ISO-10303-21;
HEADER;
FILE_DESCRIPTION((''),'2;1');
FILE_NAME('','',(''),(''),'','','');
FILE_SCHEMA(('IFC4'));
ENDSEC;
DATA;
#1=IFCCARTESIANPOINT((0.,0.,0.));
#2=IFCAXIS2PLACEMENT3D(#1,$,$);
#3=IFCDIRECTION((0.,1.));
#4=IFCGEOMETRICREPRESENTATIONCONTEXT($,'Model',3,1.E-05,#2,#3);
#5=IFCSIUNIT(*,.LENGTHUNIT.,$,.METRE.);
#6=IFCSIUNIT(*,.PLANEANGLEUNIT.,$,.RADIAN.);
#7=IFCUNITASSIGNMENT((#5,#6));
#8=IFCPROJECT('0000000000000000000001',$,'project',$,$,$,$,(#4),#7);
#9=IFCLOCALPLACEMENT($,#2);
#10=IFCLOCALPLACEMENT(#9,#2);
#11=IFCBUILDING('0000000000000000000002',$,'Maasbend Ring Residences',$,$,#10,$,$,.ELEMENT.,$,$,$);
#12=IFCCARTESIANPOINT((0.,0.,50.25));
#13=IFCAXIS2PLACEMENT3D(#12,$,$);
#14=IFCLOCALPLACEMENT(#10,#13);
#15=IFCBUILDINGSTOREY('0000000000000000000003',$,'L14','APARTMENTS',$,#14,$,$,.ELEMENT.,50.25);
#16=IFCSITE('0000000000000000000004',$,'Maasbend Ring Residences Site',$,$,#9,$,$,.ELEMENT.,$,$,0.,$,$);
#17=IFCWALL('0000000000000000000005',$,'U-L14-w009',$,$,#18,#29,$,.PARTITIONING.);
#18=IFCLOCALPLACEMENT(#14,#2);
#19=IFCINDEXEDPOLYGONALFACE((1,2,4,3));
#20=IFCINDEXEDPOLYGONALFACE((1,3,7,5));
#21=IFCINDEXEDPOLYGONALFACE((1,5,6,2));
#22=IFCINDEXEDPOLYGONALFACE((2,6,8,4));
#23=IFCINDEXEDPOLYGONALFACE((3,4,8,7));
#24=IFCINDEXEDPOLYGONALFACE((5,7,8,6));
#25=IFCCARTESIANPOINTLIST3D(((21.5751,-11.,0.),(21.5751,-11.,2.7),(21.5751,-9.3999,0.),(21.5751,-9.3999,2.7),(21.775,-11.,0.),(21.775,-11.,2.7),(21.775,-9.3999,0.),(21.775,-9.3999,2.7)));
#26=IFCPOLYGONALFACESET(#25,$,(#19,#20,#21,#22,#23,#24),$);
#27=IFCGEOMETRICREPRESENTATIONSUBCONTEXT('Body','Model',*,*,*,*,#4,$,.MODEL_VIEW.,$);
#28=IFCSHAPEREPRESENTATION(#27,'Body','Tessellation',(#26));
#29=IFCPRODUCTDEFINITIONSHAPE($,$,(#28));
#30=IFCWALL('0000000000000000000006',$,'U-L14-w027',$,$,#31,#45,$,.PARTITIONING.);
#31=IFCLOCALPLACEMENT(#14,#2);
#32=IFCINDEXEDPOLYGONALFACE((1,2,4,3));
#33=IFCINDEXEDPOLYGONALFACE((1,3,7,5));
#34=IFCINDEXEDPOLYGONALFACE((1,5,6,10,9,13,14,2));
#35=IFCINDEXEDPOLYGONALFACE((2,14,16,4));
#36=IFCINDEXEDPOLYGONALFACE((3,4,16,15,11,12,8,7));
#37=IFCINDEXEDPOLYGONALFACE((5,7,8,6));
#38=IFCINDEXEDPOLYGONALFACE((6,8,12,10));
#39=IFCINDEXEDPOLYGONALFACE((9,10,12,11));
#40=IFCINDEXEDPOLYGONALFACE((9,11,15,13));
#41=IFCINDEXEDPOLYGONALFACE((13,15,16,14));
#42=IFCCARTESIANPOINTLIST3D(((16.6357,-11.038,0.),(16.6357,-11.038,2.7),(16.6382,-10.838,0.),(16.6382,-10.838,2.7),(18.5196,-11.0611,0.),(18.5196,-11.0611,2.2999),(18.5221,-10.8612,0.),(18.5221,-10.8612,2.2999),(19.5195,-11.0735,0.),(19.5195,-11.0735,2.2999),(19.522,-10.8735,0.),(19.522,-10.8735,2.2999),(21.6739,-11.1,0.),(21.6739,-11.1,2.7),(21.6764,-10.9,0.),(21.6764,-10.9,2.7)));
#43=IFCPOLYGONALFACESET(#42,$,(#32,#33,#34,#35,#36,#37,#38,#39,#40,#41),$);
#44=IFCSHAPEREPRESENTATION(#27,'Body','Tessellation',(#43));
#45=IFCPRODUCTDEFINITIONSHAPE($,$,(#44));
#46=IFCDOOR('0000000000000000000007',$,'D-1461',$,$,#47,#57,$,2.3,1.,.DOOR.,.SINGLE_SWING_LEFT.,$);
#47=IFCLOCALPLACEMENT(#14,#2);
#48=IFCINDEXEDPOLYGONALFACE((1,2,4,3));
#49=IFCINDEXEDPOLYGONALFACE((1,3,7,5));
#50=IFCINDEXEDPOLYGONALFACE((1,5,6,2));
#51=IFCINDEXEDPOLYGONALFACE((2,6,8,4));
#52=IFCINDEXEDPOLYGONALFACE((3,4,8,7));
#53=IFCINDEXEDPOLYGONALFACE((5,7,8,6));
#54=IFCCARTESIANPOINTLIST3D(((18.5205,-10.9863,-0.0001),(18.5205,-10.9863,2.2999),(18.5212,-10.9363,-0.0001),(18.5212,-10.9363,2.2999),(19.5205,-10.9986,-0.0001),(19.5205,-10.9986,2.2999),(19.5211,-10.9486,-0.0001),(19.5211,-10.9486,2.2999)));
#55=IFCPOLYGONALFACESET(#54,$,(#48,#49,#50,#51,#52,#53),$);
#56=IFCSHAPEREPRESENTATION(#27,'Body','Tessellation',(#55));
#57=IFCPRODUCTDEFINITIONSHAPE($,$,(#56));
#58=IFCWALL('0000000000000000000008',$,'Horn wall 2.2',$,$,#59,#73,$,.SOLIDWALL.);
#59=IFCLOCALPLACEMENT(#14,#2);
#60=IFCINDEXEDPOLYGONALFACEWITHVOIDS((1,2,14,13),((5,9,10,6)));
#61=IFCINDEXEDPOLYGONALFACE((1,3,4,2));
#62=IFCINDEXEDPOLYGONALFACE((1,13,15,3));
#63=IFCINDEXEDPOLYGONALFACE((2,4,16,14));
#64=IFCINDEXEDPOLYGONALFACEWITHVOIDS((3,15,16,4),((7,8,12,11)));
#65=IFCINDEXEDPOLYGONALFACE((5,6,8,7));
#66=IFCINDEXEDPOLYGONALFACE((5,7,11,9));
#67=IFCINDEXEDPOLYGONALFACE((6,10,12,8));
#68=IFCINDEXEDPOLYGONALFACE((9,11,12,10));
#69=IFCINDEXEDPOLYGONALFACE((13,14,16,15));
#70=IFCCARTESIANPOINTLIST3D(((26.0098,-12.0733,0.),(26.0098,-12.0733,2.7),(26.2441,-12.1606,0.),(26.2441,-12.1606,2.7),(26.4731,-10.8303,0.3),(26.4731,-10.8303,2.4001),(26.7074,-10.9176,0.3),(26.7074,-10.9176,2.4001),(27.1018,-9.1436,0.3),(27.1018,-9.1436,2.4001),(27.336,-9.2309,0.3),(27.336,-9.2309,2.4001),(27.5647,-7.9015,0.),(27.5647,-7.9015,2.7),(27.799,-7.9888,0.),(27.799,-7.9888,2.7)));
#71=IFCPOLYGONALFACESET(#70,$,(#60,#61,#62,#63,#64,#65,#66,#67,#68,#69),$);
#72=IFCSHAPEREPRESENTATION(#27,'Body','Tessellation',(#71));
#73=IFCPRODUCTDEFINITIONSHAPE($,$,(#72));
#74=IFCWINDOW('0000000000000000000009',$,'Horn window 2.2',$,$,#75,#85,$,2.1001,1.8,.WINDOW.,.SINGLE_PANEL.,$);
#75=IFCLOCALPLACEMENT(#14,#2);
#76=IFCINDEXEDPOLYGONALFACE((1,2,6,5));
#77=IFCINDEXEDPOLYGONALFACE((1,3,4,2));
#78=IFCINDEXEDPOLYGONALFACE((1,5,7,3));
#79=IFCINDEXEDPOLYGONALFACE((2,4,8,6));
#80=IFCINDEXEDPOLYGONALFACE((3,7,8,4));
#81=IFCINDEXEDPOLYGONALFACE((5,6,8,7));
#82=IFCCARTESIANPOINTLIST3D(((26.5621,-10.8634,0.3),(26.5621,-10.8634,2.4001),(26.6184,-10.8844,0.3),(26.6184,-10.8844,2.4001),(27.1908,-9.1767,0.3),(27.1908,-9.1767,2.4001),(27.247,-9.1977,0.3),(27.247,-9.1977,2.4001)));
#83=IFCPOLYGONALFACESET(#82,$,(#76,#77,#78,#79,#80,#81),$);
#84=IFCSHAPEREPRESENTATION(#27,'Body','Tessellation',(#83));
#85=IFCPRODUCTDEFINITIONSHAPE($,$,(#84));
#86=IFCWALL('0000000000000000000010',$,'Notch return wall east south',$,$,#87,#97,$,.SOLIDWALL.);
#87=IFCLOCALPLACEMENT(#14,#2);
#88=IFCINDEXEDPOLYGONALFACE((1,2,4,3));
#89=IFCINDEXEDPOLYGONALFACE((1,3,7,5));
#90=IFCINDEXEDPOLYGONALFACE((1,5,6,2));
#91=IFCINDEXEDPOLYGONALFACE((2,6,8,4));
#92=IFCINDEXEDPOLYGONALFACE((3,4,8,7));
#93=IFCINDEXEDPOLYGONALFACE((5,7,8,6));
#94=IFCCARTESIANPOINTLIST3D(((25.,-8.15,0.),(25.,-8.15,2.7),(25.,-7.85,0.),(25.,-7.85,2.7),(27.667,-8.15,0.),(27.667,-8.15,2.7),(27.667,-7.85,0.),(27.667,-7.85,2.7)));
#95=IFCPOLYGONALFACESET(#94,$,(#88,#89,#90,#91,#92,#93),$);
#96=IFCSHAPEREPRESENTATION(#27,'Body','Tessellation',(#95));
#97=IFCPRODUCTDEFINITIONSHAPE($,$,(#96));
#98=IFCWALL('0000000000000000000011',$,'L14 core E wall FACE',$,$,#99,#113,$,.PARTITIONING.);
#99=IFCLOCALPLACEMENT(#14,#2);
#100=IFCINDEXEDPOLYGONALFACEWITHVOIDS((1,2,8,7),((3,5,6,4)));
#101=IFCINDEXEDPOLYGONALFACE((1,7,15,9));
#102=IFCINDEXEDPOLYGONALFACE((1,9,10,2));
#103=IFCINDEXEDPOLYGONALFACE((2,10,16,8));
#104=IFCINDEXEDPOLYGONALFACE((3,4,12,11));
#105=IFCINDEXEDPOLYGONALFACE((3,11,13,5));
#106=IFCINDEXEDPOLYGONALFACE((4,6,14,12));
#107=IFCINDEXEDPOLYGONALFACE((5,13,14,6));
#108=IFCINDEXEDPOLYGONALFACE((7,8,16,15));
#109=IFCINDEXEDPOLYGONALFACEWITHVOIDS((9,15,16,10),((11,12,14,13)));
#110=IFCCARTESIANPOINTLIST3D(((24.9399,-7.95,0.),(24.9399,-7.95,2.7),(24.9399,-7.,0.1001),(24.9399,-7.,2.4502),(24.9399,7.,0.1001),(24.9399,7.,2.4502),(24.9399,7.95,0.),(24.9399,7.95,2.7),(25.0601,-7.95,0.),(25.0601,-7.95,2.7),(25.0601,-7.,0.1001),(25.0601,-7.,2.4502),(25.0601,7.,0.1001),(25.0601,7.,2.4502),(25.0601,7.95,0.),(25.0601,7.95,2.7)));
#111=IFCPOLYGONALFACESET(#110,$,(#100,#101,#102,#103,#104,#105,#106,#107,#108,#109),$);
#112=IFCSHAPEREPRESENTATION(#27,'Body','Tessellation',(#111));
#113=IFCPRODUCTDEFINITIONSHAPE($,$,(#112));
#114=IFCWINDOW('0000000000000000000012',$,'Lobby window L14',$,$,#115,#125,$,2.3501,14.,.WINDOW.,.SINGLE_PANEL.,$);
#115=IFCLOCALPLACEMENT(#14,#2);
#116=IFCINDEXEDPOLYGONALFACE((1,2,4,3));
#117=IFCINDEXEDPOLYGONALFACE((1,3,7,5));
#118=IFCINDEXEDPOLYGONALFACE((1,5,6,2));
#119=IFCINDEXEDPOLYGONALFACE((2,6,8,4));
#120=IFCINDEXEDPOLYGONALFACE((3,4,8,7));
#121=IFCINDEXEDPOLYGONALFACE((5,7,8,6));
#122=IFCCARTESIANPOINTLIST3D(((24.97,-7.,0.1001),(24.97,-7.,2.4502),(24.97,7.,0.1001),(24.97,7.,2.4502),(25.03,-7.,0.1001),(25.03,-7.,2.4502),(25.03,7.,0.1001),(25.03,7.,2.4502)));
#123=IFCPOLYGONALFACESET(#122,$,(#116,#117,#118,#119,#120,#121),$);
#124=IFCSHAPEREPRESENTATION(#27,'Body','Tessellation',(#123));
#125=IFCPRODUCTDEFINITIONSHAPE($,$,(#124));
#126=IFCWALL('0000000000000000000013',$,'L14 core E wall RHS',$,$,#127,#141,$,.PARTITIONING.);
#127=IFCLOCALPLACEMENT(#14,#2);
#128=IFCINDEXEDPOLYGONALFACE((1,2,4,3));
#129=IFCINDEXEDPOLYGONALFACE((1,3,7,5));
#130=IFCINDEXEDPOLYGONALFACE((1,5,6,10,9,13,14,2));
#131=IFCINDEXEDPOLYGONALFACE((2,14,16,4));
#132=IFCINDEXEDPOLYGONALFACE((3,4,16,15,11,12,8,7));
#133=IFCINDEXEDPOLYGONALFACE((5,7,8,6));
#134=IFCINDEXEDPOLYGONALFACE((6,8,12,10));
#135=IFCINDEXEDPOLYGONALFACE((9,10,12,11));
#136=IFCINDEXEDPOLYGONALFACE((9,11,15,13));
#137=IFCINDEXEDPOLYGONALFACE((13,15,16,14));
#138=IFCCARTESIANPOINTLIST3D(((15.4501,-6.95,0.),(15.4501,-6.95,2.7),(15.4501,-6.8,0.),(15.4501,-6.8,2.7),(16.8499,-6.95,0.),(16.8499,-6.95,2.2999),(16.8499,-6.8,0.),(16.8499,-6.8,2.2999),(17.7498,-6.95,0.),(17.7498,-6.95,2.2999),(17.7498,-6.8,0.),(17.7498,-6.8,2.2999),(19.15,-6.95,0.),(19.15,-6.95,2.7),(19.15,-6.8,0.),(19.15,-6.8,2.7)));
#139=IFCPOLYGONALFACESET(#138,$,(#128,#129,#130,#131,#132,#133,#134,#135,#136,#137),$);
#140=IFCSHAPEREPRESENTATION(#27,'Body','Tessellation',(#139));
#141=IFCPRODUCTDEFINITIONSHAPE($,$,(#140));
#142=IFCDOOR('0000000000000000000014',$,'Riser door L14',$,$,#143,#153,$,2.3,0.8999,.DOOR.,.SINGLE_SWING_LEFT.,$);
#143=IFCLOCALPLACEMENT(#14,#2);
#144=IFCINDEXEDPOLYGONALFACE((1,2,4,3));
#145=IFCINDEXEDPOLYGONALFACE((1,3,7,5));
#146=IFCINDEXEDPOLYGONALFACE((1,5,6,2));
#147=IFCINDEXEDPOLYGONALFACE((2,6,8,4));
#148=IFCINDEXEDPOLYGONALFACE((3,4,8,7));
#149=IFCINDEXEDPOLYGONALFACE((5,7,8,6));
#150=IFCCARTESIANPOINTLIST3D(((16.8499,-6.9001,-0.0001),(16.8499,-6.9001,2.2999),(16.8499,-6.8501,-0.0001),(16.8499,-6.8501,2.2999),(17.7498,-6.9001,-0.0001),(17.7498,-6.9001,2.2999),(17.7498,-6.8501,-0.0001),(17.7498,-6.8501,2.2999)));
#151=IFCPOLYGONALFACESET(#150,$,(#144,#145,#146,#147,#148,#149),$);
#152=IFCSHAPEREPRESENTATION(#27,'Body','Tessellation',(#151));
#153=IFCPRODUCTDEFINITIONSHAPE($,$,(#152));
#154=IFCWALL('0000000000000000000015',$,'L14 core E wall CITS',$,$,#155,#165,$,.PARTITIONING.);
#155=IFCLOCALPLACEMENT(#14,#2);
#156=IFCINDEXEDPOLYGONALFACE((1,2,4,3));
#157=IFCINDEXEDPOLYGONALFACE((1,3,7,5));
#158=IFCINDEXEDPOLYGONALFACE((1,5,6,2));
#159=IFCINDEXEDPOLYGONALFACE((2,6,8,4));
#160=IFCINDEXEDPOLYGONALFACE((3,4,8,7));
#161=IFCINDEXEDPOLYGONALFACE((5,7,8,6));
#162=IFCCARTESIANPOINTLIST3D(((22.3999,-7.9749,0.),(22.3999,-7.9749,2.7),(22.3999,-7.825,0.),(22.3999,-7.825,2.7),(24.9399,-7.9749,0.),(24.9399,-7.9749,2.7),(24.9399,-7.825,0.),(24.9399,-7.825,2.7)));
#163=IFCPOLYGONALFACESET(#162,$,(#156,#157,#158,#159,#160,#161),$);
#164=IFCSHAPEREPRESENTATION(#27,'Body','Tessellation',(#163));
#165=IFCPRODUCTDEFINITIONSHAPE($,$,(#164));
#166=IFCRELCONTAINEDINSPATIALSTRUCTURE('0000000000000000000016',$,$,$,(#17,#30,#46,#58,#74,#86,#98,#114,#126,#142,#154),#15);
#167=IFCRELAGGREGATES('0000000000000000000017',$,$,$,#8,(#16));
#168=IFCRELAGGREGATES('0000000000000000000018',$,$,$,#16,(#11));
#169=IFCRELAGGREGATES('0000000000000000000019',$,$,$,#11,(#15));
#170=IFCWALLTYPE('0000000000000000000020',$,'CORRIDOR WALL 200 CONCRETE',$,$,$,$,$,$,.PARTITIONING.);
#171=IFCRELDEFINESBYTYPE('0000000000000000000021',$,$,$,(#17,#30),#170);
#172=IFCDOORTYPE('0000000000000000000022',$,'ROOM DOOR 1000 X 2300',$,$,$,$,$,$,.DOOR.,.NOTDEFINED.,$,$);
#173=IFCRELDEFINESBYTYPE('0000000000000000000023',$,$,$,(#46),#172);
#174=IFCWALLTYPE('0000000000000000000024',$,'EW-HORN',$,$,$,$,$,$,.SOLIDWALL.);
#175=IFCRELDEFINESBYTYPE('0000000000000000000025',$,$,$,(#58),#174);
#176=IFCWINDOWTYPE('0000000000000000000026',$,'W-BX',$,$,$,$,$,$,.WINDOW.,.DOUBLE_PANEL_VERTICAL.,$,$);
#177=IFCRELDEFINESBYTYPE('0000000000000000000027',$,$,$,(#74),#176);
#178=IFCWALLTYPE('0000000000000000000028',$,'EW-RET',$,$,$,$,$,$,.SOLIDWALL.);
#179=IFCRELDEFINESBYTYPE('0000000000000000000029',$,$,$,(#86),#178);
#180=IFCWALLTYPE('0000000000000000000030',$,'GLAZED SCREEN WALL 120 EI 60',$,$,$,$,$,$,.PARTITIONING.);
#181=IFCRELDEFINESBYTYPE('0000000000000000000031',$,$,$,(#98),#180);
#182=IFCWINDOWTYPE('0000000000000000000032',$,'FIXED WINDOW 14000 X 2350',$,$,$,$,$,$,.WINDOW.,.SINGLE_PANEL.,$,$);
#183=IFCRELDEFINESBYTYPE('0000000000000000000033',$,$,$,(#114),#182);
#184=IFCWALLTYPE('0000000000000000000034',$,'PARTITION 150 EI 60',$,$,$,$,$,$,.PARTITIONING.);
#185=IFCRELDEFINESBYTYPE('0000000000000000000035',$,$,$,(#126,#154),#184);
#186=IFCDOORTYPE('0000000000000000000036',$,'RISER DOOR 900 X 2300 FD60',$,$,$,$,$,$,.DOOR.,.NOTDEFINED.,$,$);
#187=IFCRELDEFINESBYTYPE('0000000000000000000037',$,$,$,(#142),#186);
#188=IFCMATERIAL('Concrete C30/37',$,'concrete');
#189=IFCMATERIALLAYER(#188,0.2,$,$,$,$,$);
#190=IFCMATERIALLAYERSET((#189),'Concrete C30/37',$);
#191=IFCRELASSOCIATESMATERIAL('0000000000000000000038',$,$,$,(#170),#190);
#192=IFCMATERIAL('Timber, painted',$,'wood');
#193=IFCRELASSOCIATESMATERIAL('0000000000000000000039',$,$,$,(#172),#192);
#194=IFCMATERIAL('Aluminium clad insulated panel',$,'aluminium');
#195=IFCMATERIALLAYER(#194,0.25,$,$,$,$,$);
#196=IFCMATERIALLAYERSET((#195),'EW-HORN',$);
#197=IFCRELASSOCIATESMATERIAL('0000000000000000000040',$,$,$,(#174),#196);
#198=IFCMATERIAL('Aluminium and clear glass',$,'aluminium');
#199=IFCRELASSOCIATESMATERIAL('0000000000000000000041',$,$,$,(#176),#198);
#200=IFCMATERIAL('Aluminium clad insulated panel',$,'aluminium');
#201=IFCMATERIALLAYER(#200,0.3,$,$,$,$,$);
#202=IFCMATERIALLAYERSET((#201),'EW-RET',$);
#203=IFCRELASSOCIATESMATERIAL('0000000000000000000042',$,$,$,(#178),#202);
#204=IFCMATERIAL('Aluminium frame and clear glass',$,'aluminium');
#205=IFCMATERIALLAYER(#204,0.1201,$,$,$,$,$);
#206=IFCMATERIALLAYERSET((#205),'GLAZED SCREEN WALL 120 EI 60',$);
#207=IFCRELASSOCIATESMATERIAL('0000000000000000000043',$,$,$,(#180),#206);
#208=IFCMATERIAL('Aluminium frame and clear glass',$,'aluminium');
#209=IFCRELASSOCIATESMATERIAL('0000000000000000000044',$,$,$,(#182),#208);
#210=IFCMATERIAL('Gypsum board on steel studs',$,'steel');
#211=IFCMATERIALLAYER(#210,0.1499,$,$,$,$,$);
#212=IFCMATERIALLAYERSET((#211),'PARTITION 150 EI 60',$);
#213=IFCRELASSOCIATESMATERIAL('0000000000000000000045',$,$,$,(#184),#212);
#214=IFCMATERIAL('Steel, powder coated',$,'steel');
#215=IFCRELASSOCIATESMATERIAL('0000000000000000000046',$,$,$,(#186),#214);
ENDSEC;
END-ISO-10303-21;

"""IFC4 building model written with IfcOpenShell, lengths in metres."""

from ifc_helpers import new_model, si_unit, direction, frame, frame_2d, origin, place, context, subcontext, project, spatial, rectangle, extrude, material, layer, layer_set, type_object, element, fill, save


model = new_model("IFC4")

# Units and contexts
model_context = context("Model", 3, precision=1e-05, world=origin(), true_north=direction((0.0, 1.0)))
body_context = subcontext(model_context, "Body", "Model", "MODEL_VIEW")
ifc_project = project(units=[si_unit("LENGTHUNIT", "METRE"), si_unit("PLANEANGLEUNIT", "RADIAN")], contexts=[model_context])

# Site, building, storey
site_placement = place(None, origin())
site = spatial("IfcSite", under=ifc_project, at=site_placement, Name="Maasbend Ring Residences Site", CompositionType="ELEMENT", RefElevation=0.0)
building_placement = place(site_placement, origin())
building = spatial("IfcBuilding", under=site, at=building_placement, Name="Maasbend Ring Residences", CompositionType="ELEMENT")
storey_placement = place(building_placement, frame((0.0, 0.0, 50.25)))
storey = spatial("IfcBuildingStorey", under=building, at=storey_placement, Name="L14", Description="APARTMENTS", CompositionType="ELEMENT", Elevation=50.25)

# Wall
ifc_material_1 = material(Name="Concrete C30/37", Category="concrete")
ifc_layer_1 = layer(ifc_material_1, 0.2)
ifc_layer_set_1 = layer_set([ifc_layer_1], Name="Concrete C30/37")
wall_type_1 = type_object("IfcWallType", Name="CORRIDOR WALL 200 CONCRETE", PredefinedType="PARTITIONING", material=ifc_layer_set_1)
wall_1_placement = place(storey_placement, frame((21.675, -11.0, 0.0), z_axis=(0.0, 0.0, 1.0), x_axis=(0.0, 1.0, 0.0)))
element("IfcWall", 1, at=wall_1_placement, inside=storey, type_object=wall_type_1, Name="U-L14-w009", PredefinedType="PARTITIONING", context=body_context, shape_type="SweptSolid", body=[
    extrude(rectangle(XDim=1.6001, YDim=0.2, at=frame_2d((0.8, 0.0))), origin(), (0.0, 0.0, 1.0), 2.7),
])

# Wall, opening, door
wall_2_placement = place(storey_placement, frame((16.637, -10.938, 0.0), z_axis=(0.0, 0.0, 1.0), x_axis=(0.999924, -0.012308, 0.0)))
wall_2 = element("IfcWall", 2, at=wall_2_placement, inside=storey, type_object=wall_type_1, Name="U-L14-w027", PredefinedType="PARTITIONING", context=body_context, shape_type="SweptSolid", body=[
    extrude(rectangle(XDim=5.0386, YDim=0.2, at=frame_2d((2.5193, 0.0))), origin(), (0.0, 0.0, 1.0), 2.7),
])
opening_1_placement = place(wall_2_placement, frame((1.884, 0.0, 0.0)))
opening_1 = element("IfcOpeningElement", 3, at=opening_1_placement, cuts=wall_2, PredefinedType="OPENING", context=body_context, shape_type="SweptSolid", body=[
    extrude(rectangle(XDim=1.0, YDim=2.3, at=frame_2d((0.5, 1.1499))), frame((0.0, 0.1099, 0.0), z_axis=(0.0, -1.0, 0.0), x_axis=(1.0, 0.0, 0.0)), (0.0, 0.0, 1.0), 0.22),
])
ifc_material_2 = material(Name="Timber, painted", Category="wood")
door_type_1 = type_object("IfcDoorType", Name="ROOM DOOR 1000 X 2300", OperationType="NOTDEFINED", PredefinedType="DOOR", material=ifc_material_2)
door_1_placement = place(opening_1_placement, origin())
door_1 = element("IfcDoor", 4, at=door_1_placement, inside=storey, type_object=door_type_1, Name="D-1461", OperationType="SINGLE_SWING_LEFT", OverallHeight=2.3, OverallWidth=1.0, PredefinedType="DOOR", context=body_context, shape_type="SweptSolid", body=[
    extrude(rectangle(XDim=1.0, YDim=2.3, at=frame_2d((0.5, 1.1499))), frame((0.0, 0.0249, 0.0), z_axis=(0.0, -1.0, 0.0), x_axis=(1.0, 0.0, 0.0)), (0.0, 0.0, 1.0), 0.05),
])
fill(opening_1, door_1)

# Wall, opening, window
ifc_material_3 = material(Name="Aluminium clad insulated panel", Category="aluminium")
ifc_layer_2 = layer(ifc_material_3, 0.25)
ifc_layer_set_2 = layer_set([ifc_layer_2], Name="EW-HORN")
wall_type_2 = type_object("IfcWallType", Name="EW-HORN", PredefinedType="SOLIDWALL", material=ifc_layer_set_2)
wall_3_placement = place(storey_placement, frame((26.127, -12.1169, 0.0), z_axis=(0.0, 0.0, 1.0), x_axis=(0.349248, 0.93703, 0.0)))
wall_3 = element("IfcWall", 5, at=wall_3_placement, inside=storey, type_object=wall_type_2, Name="Horn wall 2.2", PredefinedType="SOLIDWALL", context=body_context, shape_type="SweptSolid", body=[
    extrude(rectangle(XDim=4.4521, YDim=0.25, at=frame_2d((2.2261, 0.0))), origin(), (0.0, 0.0, 1.0), 2.7),
])
opening_2_placement = place(wall_3_placement, frame((1.3267, 0.0, 0.3)))
opening_2 = element("IfcOpeningElement", 6, at=opening_2_placement, cuts=wall_3, PredefinedType="OPENING", context=body_context, shape_type="SweptSolid", body=[
    extrude(rectangle(XDim=1.8, YDim=2.1001, at=frame_2d((0.8999, 1.05))), frame((0.0, 0.135, 0.0), z_axis=(0.0, -1.0, 0.0), x_axis=(1.0, 0.0, 0.0)), (0.0, 0.0, 1.0), 0.27),
])
ifc_material_4 = material(Name="Aluminium and clear glass", Category="aluminium")
window_type_1 = type_object("IfcWindowType", Name="W-BX", PartitioningType="DOUBLE_PANEL_VERTICAL", PredefinedType="WINDOW", material=ifc_material_4)
window_1_placement = place(opening_2_placement, origin())
window_1 = element("IfcWindow", 7, at=window_1_placement, inside=storey, type_object=window_type_1, Name="Horn window 2.2", OverallHeight=2.1001, OverallWidth=1.8, PartitioningType="SINGLE_PANEL", PredefinedType="WINDOW", context=body_context, shape_type="SweptSolid", body=[
    extrude(rectangle(XDim=1.8, YDim=2.1001, at=frame_2d((0.8999, 1.05))), frame((0.0, 0.03, 0.0), z_axis=(0.0, -1.0, 0.0), x_axis=(1.0, 0.0, 0.0)), (0.0, 0.0, 1.0), 0.0601),
])
fill(opening_2, window_1)

# Wall
ifc_material_5 = material(Name="Aluminium clad insulated panel", Category="aluminium")
ifc_layer_3 = layer(ifc_material_5, 0.3)
ifc_layer_set_3 = layer_set([ifc_layer_3], Name="EW-RET")
wall_type_3 = type_object("IfcWallType", Name="EW-RET", PredefinedType="SOLIDWALL", material=ifc_layer_set_3)
wall_4_placement = place(storey_placement, frame((25.0, -8.0, 0.0), z_axis=(0.0, 0.0, 1.0), x_axis=(1.0, 0.0, 0.0)))
element("IfcWall", 8, at=wall_4_placement, inside=storey, type_object=wall_type_3, Name="Notch return wall east south", PredefinedType="SOLIDWALL", context=body_context, shape_type="SweptSolid", body=[
    extrude(rectangle(XDim=2.667, YDim=0.3, at=frame_2d((1.3335, 0.0))), origin(), (0.0, 0.0, 1.0), 2.7),
])

# Wall, opening, window
ifc_material_6 = material(Name="Aluminium frame and clear glass", Category="aluminium")
ifc_layer_4 = layer(ifc_material_6, 0.1201)
ifc_layer_set_4 = layer_set([ifc_layer_4], Name="GLAZED SCREEN WALL 120 EI 60")
wall_type_4 = type_object("IfcWallType", Name="GLAZED SCREEN WALL 120 EI 60", PredefinedType="PARTITIONING", material=ifc_layer_set_4)
wall_5_placement = place(storey_placement, frame((25.0, -7.95, 0.0), z_axis=(0.0, 0.0, 1.0), x_axis=(0.0, 1.0, 0.0)))
wall_5 = element("IfcWall", 9, at=wall_5_placement, inside=storey, type_object=wall_type_4, Name="L14 core E wall FACE", PredefinedType="PARTITIONING", context=body_context, shape_type="SweptSolid", body=[
    extrude(rectangle(XDim=15.8999, YDim=0.1201, at=frame_2d((7.95, 0.0))), origin(), (0.0, 0.0, 1.0), 2.7),
])
opening_3_placement = place(wall_5_placement, frame((0.95, 0.0, 0.1001)))
opening_3 = element("IfcOpeningElement", 10, at=opening_3_placement, cuts=wall_5, PredefinedType="OPENING", context=body_context, shape_type="SweptSolid", body=[
    extrude(rectangle(XDim=14.0, YDim=2.3501, at=frame_2d((7.0, 1.175))), frame((0.0, 0.0701, 0.0), z_axis=(0.0, -1.0, 0.0), x_axis=(1.0, 0.0, 0.0)), (0.0, 0.0, 1.0), 0.1401),
])
ifc_material_7 = material(Name="Aluminium frame and clear glass", Category="aluminium")
window_type_2 = type_object("IfcWindowType", Name="FIXED WINDOW 14000 X 2350", PartitioningType="SINGLE_PANEL", PredefinedType="WINDOW", material=ifc_material_7)
window_2_placement = place(opening_3_placement, origin())
window_2 = element("IfcWindow", 11, at=window_2_placement, inside=storey, type_object=window_type_2, Name="Lobby window L14", OverallHeight=2.3501, OverallWidth=14.0, PartitioningType="SINGLE_PANEL", PredefinedType="WINDOW", context=body_context, shape_type="SweptSolid", body=[
    extrude(rectangle(XDim=14.0, YDim=2.3501, at=frame_2d((7.0, 1.175))), frame((0.0, 0.03, 0.0), z_axis=(0.0, -1.0, 0.0), x_axis=(1.0, 0.0, 0.0)), (0.0, 0.0, 1.0), 0.0601),
])
fill(opening_3, window_2)

# Wall, opening, door
ifc_material_8 = material(Name="Gypsum board on steel studs", Category="steel")
ifc_layer_5 = layer(ifc_material_8, 0.1499)
ifc_layer_set_5 = layer_set([ifc_layer_5], Name="PARTITION 150 EI 60")
wall_type_5 = type_object("IfcWallType", Name="PARTITION 150 EI 60", PredefinedType="PARTITIONING", material=ifc_layer_set_5)
wall_6_placement = place(storey_placement, frame((15.45, -6.875, 0.0), z_axis=(0.0, 0.0, 1.0), x_axis=(1.0, 0.0, 0.0)))
wall_6 = element("IfcWall", 12, at=wall_6_placement, inside=storey, type_object=wall_type_5, Name="L14 core E wall RHS", PredefinedType="PARTITIONING", context=body_context, shape_type="SweptSolid", body=[
    extrude(rectangle(XDim=3.7, YDim=0.1499, at=frame_2d((1.8501, 0.0))), origin(), (0.0, 0.0, 1.0), 2.7),
])
opening_4_placement = place(wall_6_placement, frame((1.3999, 0.0, 0.0)))
opening_4 = element("IfcOpeningElement", 13, at=opening_4_placement, cuts=wall_6, PredefinedType="OPENING", context=body_context, shape_type="SweptSolid", body=[
    extrude(rectangle(XDim=0.8999, YDim=2.3, at=frame_2d((0.45, 1.1499))), frame((0.0, 0.085, 0.0), z_axis=(0.0, -1.0, 0.0), x_axis=(1.0, 0.0, 0.0)), (0.0, 0.0, 1.0), 0.1699),
])
ifc_material_9 = material(Name="Steel, powder coated", Category="steel")
door_type_2 = type_object("IfcDoorType", Name="RISER DOOR 900 X 2300 FD60", OperationType="NOTDEFINED", PredefinedType="DOOR", material=ifc_material_9)
door_2_placement = place(opening_4_placement, origin())
door_2 = element("IfcDoor", 14, at=door_2_placement, inside=storey, type_object=door_type_2, Name="Riser door L14", OperationType="SINGLE_SWING_LEFT", OverallHeight=2.3, OverallWidth=0.8999, PredefinedType="DOOR", context=body_context, shape_type="SweptSolid", body=[
    extrude(rectangle(XDim=0.8999, YDim=2.3, at=frame_2d((0.45, 1.1499))), frame((0.0, 0.0249, 0.0), z_axis=(0.0, -1.0, 0.0), x_axis=(1.0, 0.0, 0.0)), (0.0, 0.0, 1.0), 0.05),
])
fill(opening_4, door_2)

# Wall
wall_7_placement = place(storey_placement, frame((22.3999, -7.8999, 0.0), z_axis=(0.0, 0.0, 1.0), x_axis=(1.0, 0.0, 0.0)))
element("IfcWall", 15, at=wall_7_placement, inside=storey, type_object=wall_type_5, Name="L14 core E wall CITS", PredefinedType="PARTITIONING", context=body_context, shape_type="SweptSolid", body=[
    extrude(rectangle(XDim=2.54, YDim=0.1499, at=frame_2d((1.27, 0.0))), origin(), (0.0, 0.0, 1.0), 2.7),
])

save(model, "model.ifc")
